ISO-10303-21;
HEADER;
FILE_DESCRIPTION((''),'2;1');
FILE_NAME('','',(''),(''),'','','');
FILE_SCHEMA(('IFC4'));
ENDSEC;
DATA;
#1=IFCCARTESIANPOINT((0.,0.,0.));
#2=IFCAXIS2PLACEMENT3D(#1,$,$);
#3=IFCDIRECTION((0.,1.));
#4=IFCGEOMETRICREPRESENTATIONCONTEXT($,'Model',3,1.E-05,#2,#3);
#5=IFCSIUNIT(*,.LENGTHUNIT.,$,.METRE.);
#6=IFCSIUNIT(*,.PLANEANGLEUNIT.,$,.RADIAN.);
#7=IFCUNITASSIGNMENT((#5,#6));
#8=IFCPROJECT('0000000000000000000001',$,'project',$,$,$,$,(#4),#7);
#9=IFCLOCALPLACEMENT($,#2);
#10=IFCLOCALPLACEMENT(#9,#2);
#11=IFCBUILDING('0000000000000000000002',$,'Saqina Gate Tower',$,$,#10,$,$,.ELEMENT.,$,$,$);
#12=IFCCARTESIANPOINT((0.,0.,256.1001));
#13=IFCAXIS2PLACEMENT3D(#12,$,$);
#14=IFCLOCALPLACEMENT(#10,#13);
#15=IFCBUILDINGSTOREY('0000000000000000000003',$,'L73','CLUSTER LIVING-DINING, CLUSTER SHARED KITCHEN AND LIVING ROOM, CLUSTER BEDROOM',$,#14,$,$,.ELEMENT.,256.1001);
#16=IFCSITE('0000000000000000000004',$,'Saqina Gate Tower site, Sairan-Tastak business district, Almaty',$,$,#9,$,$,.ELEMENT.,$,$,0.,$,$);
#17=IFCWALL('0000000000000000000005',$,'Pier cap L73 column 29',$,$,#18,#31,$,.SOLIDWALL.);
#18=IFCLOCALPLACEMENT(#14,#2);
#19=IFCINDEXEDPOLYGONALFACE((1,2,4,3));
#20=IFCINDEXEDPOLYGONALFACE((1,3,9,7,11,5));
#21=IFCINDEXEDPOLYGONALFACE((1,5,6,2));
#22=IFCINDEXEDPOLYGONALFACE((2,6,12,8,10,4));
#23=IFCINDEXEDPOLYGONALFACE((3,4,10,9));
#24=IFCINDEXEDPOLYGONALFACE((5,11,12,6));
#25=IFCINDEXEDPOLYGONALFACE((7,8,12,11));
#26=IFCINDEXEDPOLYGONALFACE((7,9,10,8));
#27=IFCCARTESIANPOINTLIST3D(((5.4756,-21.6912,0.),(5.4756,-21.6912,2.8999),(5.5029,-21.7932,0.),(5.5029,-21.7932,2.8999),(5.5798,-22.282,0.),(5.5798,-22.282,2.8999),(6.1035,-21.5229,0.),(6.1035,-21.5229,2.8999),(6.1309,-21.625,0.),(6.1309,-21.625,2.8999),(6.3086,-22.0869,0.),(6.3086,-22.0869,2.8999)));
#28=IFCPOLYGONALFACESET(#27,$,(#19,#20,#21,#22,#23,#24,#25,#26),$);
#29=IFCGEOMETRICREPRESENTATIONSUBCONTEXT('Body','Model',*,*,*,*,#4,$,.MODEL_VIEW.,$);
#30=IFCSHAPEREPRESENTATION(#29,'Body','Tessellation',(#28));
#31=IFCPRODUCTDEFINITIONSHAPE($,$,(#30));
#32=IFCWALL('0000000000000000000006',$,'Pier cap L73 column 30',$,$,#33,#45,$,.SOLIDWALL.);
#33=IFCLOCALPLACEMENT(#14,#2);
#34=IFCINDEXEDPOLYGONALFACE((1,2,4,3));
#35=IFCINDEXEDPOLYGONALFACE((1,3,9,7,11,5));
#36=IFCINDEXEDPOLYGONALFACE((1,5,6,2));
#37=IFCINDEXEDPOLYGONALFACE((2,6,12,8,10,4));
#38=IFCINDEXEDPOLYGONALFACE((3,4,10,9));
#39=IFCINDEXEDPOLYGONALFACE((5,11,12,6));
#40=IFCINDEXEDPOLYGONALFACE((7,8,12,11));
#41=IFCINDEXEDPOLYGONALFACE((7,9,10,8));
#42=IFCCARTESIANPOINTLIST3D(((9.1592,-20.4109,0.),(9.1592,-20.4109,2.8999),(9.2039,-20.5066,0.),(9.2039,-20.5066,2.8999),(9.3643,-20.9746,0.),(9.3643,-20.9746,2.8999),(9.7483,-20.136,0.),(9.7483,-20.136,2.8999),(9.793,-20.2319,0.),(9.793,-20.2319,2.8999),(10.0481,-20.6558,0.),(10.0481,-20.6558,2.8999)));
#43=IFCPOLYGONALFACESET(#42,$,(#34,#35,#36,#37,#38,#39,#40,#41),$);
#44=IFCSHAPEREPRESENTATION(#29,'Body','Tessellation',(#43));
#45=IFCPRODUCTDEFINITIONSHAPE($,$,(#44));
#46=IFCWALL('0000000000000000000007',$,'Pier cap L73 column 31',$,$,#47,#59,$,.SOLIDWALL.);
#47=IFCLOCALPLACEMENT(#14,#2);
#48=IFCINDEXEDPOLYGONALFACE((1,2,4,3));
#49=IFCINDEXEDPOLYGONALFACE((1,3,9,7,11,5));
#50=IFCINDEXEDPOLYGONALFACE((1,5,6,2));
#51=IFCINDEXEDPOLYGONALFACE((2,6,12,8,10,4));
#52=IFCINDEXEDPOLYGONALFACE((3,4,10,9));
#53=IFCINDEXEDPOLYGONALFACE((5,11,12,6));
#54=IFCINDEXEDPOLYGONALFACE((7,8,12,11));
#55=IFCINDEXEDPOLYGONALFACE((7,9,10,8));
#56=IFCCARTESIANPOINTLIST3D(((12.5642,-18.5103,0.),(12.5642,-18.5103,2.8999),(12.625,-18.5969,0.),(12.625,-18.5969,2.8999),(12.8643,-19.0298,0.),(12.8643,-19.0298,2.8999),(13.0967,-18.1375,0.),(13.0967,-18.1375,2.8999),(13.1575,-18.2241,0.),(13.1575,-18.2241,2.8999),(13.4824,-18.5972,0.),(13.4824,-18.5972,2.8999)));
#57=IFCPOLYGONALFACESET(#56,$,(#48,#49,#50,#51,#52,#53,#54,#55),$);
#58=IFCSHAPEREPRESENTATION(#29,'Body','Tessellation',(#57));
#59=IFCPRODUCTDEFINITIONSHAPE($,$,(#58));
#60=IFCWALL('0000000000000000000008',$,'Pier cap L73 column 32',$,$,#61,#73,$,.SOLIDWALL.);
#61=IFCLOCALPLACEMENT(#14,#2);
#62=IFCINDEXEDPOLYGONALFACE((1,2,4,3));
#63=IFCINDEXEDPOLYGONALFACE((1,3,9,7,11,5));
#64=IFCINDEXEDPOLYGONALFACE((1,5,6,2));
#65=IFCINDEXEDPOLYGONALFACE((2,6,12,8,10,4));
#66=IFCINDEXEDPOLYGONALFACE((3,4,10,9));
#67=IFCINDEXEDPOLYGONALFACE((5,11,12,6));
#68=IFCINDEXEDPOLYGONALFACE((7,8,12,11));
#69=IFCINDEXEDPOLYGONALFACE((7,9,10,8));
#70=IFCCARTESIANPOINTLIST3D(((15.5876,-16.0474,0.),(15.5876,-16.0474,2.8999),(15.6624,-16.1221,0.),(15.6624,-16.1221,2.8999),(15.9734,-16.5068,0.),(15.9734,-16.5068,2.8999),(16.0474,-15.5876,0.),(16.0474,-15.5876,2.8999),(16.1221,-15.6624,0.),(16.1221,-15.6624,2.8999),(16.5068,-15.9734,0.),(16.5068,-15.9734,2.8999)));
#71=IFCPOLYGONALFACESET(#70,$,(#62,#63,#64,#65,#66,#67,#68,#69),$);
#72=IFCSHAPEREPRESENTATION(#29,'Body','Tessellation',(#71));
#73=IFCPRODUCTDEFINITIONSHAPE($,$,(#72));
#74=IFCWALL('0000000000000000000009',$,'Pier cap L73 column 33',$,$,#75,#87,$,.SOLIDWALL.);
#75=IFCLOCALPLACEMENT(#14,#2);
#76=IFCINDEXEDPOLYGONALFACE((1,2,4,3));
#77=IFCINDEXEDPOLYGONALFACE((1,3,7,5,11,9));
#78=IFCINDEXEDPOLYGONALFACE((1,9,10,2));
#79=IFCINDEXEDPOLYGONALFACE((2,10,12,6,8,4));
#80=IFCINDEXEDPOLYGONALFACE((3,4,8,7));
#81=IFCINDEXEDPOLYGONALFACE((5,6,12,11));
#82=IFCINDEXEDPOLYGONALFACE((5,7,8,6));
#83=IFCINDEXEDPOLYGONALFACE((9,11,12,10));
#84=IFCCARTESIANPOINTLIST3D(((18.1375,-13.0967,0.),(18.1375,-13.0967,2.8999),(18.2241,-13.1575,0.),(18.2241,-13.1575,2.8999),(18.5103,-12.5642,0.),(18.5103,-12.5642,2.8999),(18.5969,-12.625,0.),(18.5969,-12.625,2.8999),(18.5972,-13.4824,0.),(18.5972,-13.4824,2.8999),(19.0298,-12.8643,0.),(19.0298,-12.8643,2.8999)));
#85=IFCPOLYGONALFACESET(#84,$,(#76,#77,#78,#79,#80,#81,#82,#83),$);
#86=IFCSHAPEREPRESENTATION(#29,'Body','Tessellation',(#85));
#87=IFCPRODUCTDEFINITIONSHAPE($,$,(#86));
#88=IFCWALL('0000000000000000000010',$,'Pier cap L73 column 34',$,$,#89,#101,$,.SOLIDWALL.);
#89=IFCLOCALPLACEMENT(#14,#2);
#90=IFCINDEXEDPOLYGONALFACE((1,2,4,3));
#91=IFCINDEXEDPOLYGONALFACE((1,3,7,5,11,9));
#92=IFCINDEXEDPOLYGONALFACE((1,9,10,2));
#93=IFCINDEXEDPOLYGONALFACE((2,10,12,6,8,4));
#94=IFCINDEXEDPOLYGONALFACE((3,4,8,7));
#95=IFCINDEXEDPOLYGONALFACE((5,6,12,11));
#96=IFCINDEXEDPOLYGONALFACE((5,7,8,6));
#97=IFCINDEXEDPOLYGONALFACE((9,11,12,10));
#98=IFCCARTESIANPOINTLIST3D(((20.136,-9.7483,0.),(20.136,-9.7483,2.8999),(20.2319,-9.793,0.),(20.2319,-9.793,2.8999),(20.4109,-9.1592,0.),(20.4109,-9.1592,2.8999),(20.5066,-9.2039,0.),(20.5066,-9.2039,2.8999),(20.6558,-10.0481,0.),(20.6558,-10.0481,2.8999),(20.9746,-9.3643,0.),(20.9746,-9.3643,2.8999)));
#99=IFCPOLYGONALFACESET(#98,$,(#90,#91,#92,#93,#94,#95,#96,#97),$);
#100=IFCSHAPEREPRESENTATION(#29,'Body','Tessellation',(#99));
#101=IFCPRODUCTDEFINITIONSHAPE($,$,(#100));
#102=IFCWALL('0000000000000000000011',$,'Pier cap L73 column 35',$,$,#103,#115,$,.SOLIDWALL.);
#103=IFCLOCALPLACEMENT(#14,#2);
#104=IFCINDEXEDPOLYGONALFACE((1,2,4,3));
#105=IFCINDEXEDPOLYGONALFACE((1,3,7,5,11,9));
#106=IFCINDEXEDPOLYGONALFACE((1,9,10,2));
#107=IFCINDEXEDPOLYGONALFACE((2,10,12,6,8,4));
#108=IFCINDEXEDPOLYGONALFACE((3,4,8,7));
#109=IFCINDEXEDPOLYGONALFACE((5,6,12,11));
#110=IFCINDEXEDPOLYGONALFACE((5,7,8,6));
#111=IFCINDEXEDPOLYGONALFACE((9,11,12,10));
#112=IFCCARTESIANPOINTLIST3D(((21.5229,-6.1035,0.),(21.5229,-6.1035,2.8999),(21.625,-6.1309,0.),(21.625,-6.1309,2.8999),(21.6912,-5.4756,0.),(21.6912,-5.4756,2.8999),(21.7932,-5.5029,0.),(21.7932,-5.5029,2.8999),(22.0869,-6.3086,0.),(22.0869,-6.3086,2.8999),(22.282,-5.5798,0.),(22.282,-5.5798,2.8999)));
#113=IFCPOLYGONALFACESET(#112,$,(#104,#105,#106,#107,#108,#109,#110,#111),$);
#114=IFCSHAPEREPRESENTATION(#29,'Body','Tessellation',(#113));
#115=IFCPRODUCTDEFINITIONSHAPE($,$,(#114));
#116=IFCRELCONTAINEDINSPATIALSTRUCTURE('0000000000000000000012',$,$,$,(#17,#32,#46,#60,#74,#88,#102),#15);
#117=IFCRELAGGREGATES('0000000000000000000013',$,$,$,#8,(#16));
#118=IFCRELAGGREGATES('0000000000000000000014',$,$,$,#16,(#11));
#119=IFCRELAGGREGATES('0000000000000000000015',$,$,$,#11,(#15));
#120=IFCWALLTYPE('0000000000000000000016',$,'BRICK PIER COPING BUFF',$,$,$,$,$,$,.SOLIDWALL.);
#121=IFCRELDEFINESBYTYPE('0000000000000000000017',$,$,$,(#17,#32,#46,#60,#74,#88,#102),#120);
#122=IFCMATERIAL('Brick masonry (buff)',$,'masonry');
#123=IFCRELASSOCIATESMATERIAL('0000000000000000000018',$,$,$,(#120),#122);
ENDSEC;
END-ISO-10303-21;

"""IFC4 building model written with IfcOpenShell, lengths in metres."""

from ifc_helpers import new_model, si_unit, direction, frame, origin, place, context, subcontext, project, spatial, polyline, outline, extrude, material, type_object, element, save


model = new_model("IFC4")

# Units and contexts
model_context = context("Model", 3, precision=1e-05, world=origin(), true_north=direction((0.0, 1.0)))
body_context = subcontext(model_context, "Body", "Model", "MODEL_VIEW")
ifc_project = project(units=[si_unit("LENGTHUNIT", "METRE"), si_unit("PLANEANGLEUNIT", "RADIAN")], contexts=[model_context])

# Site, building, storey
site_placement = place(None, origin())
site = spatial("IfcSite", under=ifc_project, at=site_placement, Name="Saqina Gate Tower site, Sairan-Tastak business district, Almaty", CompositionType="ELEMENT", RefElevation=0.0)
building_placement = place(site_placement, origin())
building = spatial("IfcBuilding", under=site, at=building_placement, Name="Saqina Gate Tower", CompositionType="ELEMENT")
storey_placement = place(building_placement, frame((0.0, 0.0, 256.1001)))
storey = spatial("IfcBuildingStorey", under=building, at=storey_placement, Name="L73", Description="CLUSTER LIVING-DINING, CLUSTER SHARED KITCHEN AND LIVING ROOM, CLUSTER BEDROOM", CompositionType="ELEMENT", Elevation=256.1001)

# Walls
ifc_material = material(Name="Brick masonry (buff)", Category="masonry")
wall_type = type_object("IfcWallType", Name="BRICK PIER COPING BUFF", PredefinedType="SOLIDWALL", material=ifc_material)
wall_1_placement = place(storey_placement, origin())
element("IfcWall", 1, at=wall_1_placement, inside=storey, type_object=wall_type, Name="Pier cap L73 column 29", PredefinedType="SOLIDWALL", context=body_context, shape_type="SweptSolid", body=[
    extrude(outline(polyline([(6.3086, -22.0869), (6.1035, -21.5229), (6.1309, -21.625), (5.5029, -21.7932), (5.4756, -21.6912), (5.5798, -22.282), (6.3086, -22.0869)])), origin(), (0.0, 0.0, 1.0), 2.8999),
])
wall_2_placement = place(storey_placement, origin())
element("IfcWall", 2, at=wall_2_placement, inside=storey, type_object=wall_type, Name="Pier cap L73 column 30", PredefinedType="SOLIDWALL", context=body_context, shape_type="SweptSolid", body=[
    extrude(outline(polyline([(9.3643, -20.9746), (10.0481, -20.6558), (9.7483, -20.136), (9.793, -20.2319), (9.2039, -20.5066), (9.1592, -20.4109), (9.3643, -20.9746)])), origin(), (0.0, 0.0, 1.0), 2.8999),
])
wall_3_placement = place(storey_placement, origin())
element("IfcWall", 3, at=wall_3_placement, inside=storey, type_object=wall_type, Name="Pier cap L73 column 31", PredefinedType="SOLIDWALL", context=body_context, shape_type="SweptSolid", body=[
    extrude(outline(polyline([(12.8643, -19.0298), (13.4824, -18.5972), (13.0967, -18.1375), (13.1575, -18.2241), (12.625, -18.5969), (12.5642, -18.5103), (12.8643, -19.0298)])), origin(), (0.0, 0.0, 1.0), 2.8999),
])
wall_4_placement = place(storey_placement, origin())
element("IfcWall", 4, at=wall_4_placement, inside=storey, type_object=wall_type, Name="Pier cap L73 column 32", PredefinedType="SOLIDWALL", context=body_context, shape_type="SweptSolid", body=[
    extrude(outline(polyline([(16.5068, -15.9734), (16.0474, -15.5876), (16.1221, -15.6624), (15.6624, -16.1221), (15.5876, -16.0474), (15.9734, -16.5068), (16.5068, -15.9734)])), origin(), (0.0, 0.0, 1.0), 2.8999),
])
wall_5_placement = place(storey_placement, origin())
element("IfcWall", 5, at=wall_5_placement, inside=storey, type_object=wall_type, Name="Pier cap L73 column 33", PredefinedType="SOLIDWALL", context=body_context, shape_type="SweptSolid", body=[
    extrude(outline(polyline([(19.0298, -12.8643), (18.5103, -12.5642), (18.5969, -12.625), (18.2241, -13.1575), (18.1375, -13.0967), (18.5972, -13.4824), (19.0298, -12.8643)])), origin(), (0.0, 0.0, 1.0), 2.8999),
])
wall_6_placement = place(storey_placement, origin())
element("IfcWall", 6, at=wall_6_placement, inside=storey, type_object=wall_type, Name="Pier cap L73 column 34", PredefinedType="SOLIDWALL", context=body_context, shape_type="SweptSolid", body=[
    extrude(outline(polyline([(20.6558, -10.0481), (20.9746, -9.3643), (20.4109, -9.1592), (20.5066, -9.2039), (20.2319, -9.793), (20.136, -9.7483), (20.6558, -10.0481)])), origin(), (0.0, 0.0, 1.0), 2.8999),
])
wall_7_placement = place(storey_placement, origin())
element("IfcWall", 7, at=wall_7_placement, inside=storey, type_object=wall_type, Name="Pier cap L73 column 35", PredefinedType="SOLIDWALL", context=body_context, shape_type="SweptSolid", body=[
    extrude(outline(polyline([(22.282, -5.5798), (21.6912, -5.4756), (21.7932, -5.5029), (21.625, -6.1309), (21.5229, -6.1035), (22.0869, -6.3086), (22.282, -5.5798)])), origin(), (0.0, 0.0, 1.0), 2.8999),
])

save(model, "model.ifc")
